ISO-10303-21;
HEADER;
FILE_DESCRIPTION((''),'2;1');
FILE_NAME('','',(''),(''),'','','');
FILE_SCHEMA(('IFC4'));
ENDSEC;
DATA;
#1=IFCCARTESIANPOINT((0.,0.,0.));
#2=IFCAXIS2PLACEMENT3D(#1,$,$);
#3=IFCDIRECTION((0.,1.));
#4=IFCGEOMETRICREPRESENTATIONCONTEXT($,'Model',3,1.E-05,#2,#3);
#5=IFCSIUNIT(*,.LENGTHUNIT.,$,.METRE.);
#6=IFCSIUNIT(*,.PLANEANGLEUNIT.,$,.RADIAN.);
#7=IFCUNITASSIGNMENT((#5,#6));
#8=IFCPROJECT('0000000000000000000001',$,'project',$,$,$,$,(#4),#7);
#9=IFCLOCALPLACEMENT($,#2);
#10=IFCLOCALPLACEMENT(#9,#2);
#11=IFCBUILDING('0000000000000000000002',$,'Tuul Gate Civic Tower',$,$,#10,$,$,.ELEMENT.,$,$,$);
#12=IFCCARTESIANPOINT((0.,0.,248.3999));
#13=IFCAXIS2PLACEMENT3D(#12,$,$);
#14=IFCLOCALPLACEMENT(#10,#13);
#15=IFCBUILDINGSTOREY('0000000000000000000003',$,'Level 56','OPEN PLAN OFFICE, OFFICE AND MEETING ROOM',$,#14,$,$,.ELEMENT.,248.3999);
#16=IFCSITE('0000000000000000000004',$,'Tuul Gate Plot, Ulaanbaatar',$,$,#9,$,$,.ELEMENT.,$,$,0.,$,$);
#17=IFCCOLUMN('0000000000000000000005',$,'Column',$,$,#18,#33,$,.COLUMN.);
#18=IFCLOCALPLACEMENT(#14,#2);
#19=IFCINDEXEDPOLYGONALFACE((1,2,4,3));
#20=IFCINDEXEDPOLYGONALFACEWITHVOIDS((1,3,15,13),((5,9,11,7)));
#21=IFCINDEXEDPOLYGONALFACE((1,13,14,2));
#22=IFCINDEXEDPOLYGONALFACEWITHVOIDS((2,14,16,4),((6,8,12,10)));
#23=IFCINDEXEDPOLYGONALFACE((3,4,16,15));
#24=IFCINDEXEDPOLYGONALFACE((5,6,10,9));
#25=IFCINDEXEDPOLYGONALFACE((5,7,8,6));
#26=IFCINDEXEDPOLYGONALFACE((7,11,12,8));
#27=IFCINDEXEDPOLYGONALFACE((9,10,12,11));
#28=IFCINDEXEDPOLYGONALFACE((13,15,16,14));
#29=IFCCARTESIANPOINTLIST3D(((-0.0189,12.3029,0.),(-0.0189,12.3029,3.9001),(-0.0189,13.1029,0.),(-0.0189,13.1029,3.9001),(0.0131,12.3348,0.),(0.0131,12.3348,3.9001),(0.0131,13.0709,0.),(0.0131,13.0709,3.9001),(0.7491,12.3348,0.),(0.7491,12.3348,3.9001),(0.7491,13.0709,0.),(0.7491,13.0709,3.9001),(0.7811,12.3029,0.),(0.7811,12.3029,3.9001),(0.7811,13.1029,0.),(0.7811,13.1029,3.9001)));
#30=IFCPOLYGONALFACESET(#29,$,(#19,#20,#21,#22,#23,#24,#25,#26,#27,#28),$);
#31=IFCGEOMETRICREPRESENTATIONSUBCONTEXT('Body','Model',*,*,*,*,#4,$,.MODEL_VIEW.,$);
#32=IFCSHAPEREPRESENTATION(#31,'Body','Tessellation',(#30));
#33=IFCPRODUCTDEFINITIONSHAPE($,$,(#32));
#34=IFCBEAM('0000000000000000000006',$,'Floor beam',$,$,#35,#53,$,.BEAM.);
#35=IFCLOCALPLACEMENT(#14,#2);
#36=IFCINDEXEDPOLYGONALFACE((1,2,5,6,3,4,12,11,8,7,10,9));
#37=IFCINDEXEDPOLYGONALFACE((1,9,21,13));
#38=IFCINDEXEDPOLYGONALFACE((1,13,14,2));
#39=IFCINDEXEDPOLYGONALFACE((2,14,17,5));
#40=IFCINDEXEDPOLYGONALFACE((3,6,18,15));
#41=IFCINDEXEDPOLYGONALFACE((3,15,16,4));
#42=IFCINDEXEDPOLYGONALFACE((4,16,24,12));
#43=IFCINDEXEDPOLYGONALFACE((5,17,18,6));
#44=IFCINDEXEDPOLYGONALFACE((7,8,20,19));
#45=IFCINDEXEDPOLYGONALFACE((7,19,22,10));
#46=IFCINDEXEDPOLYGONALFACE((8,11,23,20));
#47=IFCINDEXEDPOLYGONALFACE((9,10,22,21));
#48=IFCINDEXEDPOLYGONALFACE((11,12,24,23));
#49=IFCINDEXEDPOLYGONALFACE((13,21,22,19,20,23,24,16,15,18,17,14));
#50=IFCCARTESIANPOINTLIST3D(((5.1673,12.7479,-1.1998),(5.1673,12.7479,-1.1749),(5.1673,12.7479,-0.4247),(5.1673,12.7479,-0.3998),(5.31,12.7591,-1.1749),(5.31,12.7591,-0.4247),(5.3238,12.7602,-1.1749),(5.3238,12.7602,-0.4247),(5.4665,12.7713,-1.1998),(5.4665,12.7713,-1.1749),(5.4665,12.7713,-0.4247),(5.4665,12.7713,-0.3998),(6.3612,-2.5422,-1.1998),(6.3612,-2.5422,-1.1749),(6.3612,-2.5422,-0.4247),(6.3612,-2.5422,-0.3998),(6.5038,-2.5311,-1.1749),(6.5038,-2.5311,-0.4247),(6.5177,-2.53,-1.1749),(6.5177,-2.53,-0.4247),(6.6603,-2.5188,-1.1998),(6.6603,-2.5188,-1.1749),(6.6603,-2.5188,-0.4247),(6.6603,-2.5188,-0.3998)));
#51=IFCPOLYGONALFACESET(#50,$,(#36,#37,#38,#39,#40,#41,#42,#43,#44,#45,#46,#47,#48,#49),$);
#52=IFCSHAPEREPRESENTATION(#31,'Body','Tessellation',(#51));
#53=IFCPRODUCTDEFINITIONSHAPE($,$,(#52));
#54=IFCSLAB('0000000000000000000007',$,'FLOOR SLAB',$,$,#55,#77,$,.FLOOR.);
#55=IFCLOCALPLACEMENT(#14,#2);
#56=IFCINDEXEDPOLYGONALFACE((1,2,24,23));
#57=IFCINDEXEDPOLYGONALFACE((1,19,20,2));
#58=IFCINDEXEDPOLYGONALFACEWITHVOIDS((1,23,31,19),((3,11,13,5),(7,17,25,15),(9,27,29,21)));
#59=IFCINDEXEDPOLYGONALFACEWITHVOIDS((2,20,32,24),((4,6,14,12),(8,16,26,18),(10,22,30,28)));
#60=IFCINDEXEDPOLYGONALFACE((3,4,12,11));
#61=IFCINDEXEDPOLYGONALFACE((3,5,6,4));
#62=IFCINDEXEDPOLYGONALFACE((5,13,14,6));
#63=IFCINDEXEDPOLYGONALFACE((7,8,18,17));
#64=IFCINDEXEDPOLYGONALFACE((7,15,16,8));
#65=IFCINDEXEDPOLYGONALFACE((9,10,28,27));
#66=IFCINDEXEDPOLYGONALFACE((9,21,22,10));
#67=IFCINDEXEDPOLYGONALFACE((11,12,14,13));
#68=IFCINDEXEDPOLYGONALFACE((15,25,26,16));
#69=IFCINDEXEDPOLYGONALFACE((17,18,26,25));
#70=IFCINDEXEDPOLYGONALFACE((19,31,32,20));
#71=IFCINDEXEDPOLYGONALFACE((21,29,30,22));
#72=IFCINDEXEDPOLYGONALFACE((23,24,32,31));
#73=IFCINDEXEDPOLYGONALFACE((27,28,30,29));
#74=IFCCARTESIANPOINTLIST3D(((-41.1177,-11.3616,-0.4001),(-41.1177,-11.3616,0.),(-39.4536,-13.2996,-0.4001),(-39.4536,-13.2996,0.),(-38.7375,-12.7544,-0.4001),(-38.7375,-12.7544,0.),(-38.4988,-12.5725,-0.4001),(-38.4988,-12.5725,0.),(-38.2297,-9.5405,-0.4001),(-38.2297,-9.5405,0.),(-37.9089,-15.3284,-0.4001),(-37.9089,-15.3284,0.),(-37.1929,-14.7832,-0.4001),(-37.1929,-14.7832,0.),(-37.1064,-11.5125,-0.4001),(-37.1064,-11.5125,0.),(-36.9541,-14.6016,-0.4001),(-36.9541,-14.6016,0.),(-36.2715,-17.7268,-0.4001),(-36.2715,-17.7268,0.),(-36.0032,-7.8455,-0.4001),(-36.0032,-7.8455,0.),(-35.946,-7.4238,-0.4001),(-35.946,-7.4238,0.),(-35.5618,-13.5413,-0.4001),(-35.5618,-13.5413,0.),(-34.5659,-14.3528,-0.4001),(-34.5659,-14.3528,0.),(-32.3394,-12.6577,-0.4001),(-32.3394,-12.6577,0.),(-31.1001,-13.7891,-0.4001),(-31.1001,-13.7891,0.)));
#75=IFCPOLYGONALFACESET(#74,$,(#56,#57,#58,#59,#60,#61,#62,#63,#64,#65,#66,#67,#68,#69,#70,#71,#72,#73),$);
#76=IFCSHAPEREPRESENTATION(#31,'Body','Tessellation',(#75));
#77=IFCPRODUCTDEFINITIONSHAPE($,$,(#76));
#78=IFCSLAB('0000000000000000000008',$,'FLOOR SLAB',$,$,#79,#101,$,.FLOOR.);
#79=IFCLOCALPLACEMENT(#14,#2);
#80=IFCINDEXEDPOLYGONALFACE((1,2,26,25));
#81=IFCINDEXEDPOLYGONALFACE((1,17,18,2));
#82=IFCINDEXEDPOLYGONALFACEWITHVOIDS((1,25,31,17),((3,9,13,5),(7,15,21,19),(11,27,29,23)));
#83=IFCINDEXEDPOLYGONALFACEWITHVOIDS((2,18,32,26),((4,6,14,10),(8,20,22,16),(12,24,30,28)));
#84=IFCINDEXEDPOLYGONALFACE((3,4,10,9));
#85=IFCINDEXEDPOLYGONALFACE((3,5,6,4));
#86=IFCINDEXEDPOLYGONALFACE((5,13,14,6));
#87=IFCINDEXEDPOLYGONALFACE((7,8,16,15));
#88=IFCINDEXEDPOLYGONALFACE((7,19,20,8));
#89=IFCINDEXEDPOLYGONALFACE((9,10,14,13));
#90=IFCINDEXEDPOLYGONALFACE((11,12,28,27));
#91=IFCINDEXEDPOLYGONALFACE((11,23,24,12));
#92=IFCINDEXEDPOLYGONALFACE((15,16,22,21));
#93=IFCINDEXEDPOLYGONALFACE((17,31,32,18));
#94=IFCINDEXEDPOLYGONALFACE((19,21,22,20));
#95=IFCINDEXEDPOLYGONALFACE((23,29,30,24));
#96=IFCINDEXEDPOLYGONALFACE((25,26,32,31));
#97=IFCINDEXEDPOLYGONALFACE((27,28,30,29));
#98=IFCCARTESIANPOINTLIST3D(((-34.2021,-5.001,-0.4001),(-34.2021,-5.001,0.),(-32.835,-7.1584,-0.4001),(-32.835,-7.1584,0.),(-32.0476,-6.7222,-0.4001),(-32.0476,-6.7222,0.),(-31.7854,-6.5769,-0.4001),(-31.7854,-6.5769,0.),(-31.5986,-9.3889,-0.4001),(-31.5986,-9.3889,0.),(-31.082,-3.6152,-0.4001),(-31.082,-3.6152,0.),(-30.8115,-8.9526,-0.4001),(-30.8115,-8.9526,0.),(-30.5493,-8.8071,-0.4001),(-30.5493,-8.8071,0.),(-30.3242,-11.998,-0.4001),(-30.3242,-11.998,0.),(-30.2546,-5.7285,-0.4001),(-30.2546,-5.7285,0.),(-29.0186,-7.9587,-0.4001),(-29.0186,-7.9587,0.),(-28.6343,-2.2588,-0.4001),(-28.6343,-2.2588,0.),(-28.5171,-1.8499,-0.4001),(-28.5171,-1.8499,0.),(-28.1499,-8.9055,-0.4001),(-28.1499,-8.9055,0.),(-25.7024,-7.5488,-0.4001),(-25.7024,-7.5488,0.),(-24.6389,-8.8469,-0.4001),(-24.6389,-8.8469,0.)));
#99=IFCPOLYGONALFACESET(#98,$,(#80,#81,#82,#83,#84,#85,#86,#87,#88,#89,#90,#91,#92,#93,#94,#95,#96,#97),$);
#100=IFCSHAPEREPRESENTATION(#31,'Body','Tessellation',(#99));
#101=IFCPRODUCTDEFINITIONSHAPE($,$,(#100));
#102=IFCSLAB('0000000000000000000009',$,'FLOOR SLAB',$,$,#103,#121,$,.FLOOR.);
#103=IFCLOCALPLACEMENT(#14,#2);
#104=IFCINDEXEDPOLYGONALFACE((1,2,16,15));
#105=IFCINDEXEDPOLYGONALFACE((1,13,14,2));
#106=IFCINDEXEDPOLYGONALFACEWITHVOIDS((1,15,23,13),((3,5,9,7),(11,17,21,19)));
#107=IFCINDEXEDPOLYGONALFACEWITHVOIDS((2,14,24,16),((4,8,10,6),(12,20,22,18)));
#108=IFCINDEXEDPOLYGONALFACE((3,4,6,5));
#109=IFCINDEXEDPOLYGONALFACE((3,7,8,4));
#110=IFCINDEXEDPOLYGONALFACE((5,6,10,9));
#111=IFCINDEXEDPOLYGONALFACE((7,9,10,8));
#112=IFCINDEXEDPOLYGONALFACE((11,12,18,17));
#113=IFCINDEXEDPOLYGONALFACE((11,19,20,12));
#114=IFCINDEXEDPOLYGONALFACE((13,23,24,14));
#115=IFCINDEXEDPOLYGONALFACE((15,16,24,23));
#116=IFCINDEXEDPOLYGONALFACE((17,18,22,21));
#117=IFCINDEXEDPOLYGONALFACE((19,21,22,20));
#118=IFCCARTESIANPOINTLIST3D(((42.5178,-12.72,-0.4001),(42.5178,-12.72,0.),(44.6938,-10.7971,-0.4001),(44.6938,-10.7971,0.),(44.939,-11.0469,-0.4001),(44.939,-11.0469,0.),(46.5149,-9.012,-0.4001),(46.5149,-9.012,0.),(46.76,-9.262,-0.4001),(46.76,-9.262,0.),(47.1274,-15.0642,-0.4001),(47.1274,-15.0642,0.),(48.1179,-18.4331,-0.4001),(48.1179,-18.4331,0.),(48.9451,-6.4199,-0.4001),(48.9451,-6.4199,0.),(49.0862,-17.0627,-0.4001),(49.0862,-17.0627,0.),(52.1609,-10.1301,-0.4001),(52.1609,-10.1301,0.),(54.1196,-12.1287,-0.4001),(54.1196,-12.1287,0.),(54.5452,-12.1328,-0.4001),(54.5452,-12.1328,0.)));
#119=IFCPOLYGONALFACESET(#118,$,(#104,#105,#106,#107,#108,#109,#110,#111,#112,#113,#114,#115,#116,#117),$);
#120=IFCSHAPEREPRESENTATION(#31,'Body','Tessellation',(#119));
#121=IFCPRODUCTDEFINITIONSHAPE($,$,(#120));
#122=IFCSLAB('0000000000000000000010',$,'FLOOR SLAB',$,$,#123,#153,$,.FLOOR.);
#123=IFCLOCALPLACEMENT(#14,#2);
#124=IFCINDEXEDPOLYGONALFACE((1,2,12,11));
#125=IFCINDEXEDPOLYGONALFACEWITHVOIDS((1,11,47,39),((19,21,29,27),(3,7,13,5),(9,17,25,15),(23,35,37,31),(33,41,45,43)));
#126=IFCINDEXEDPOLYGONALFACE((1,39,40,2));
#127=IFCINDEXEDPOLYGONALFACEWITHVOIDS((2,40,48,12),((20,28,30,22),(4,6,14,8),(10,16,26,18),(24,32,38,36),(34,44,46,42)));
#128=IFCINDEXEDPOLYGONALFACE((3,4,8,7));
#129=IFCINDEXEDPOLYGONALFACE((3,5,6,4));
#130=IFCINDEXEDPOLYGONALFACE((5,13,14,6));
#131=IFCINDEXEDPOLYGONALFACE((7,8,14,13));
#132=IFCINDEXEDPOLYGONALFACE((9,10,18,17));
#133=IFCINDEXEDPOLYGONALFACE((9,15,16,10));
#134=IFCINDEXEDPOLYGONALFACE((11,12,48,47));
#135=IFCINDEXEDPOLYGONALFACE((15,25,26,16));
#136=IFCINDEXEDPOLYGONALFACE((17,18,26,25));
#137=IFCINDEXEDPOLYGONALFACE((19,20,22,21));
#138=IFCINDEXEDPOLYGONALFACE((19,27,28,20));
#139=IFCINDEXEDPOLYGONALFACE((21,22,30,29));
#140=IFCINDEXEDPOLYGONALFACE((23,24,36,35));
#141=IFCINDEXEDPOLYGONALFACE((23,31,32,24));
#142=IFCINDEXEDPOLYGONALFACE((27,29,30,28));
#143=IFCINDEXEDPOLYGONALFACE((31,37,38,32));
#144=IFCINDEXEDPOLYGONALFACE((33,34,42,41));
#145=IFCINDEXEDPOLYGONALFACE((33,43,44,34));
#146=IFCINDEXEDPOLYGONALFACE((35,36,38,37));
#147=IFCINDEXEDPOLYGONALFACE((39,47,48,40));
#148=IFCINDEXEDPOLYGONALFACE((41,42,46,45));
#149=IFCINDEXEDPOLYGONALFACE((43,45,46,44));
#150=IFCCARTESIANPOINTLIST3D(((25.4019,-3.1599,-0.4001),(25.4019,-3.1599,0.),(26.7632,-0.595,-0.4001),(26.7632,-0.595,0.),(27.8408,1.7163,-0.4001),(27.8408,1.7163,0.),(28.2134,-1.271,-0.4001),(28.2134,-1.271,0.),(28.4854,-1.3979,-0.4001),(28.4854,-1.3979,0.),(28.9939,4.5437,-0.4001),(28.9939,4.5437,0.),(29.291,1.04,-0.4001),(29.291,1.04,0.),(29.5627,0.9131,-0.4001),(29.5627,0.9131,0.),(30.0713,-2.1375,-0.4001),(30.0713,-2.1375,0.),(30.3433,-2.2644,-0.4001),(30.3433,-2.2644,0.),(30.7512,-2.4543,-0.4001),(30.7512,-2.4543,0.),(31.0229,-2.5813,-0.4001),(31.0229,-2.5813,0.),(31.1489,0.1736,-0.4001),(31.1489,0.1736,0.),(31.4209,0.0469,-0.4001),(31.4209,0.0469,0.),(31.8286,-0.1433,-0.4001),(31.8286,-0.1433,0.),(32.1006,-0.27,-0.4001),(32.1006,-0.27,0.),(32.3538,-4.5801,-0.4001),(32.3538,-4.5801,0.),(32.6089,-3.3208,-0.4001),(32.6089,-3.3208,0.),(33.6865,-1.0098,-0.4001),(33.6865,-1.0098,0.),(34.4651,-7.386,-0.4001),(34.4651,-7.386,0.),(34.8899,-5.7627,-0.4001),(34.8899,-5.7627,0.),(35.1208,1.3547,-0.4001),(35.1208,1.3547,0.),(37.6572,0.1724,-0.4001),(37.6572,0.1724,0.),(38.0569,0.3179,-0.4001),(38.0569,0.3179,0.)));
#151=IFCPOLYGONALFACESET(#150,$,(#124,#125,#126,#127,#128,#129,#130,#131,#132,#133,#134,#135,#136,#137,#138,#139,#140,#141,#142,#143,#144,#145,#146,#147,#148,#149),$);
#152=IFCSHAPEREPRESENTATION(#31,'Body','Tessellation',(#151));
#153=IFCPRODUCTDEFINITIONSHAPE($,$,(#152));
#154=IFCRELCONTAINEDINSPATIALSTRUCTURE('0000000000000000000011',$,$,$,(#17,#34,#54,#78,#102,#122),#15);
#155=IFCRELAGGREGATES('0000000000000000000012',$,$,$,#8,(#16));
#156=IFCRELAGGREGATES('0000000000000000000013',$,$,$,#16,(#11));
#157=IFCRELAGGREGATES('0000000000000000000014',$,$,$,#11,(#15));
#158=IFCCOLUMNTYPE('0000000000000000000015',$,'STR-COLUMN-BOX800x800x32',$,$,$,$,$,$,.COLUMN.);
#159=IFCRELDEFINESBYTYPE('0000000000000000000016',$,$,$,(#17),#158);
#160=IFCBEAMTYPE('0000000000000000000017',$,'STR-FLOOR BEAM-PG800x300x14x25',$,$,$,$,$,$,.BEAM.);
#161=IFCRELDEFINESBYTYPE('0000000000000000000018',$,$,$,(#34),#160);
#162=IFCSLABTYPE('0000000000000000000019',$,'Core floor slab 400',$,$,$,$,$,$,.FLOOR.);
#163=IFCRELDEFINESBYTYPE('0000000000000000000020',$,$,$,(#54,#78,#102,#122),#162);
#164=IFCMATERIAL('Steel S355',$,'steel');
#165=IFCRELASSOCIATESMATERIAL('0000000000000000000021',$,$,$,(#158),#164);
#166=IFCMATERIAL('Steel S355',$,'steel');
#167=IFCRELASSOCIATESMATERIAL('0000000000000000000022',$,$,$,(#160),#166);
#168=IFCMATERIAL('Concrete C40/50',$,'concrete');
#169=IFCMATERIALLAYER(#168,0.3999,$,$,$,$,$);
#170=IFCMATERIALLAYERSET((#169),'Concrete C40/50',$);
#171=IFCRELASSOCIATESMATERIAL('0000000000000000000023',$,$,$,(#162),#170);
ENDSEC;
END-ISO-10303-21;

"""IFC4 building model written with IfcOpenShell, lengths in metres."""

from ifc_helpers import new_model, si_unit, direction, frame, origin, origin_2d, place, context, subcontext, project, spatial, polyline, hollow_rectangle, i_section, outline, extrude, material, layer, layer_set, material_profile, profile_set, type_object, element, save


model = new_model("IFC4")

# Units and contexts
model_context = context("Model", 3, precision=1e-05, world=origin(), true_north=direction((0.0, 1.0)))
body_context = subcontext(model_context, "Body", "Model", "MODEL_VIEW")
ifc_project = project(units=[si_unit("LENGTHUNIT", "METRE"), si_unit("PLANEANGLEUNIT", "RADIAN")], contexts=[model_context])

# Site, building, storey
site_placement = place(None, origin())
site = spatial("IfcSite", under=ifc_project, at=site_placement, Name="Tuul Gate Plot, Ulaanbaatar", CompositionType="ELEMENT", RefElevation=0.0)
building_placement = place(site_placement, origin())
building = spatial("IfcBuilding", under=site, at=building_placement, Name="Tuul Gate Civic Tower", CompositionType="ELEMENT")
storey_placement = place(building_placement, frame((0.0, 0.0, 248.3999)))
storey = spatial("IfcBuildingStorey", under=building, at=storey_placement, Name="Level 56", Description="OPEN PLAN OFFICE, OFFICE AND MEETING ROOM", CompositionType="ELEMENT", Elevation=248.3999)

# Column
ifc_material_1 = material(Name="Steel S355", Category="steel")
ifc_material_profile_1 = material_profile(ifc_material_1, hollow_rectangle(XDim=0.8, YDim=0.8, WallThickness=0.032, at=origin_2d()), Name="BOX800x800x32")
ifc_profile_set_1 = profile_set([ifc_material_profile_1], Name="Steel S355")
column_type = type_object("IfcColumnType", Name="STR-COLUMN-BOX800x800x32", PredefinedType="COLUMN", material=ifc_profile_set_1)
column_placement = place(storey_placement, frame((0.3811, 12.7029, 0.0), z_axis=(0.0, 0.0, 1.0), x_axis=(1.0, 0.0, 0.0)))
element("IfcColumn", 1, at=column_placement, inside=storey, type_object=column_type, Name="Column", PredefinedType="COLUMN", context=body_context, shape_type="SweptSolid", body=[
    extrude(hollow_rectangle(XDim=0.8, YDim=0.8, WallThickness=0.032, at=origin_2d()), origin(), (0.0, 0.0, 1.0), 3.9001),
])

# Beam
ifc_material_2 = material(Name="Steel S355", Category="steel")
ifc_material_profile_2 = material_profile(ifc_material_2, i_section(OverallWidth=0.3, OverallDepth=0.8, WebThickness=0.0139, FlangeThickness=0.0249, at=origin_2d()), Name="PG800x300x14x25")
ifc_profile_set_2 = profile_set([ifc_material_profile_2], Name="Steel S355")
beam_type = type_object("IfcBeamType", Name="STR-FLOOR BEAM-PG800x300x14x25", PredefinedType="BEAM", material=ifc_profile_set_2)
beam_placement = place(storey_placement, frame((6.5107, -2.5305, -0.7998), z_axis=(-0.077843, 0.996966, 0.0), x_axis=(-0.996966, -0.077843, 0.0)))
element("IfcBeam", 2, at=beam_placement, inside=storey, type_object=beam_type, Name="Floor beam", PredefinedType="BEAM", context=body_context, shape_type="SweptSolid", body=[
    extrude(i_section(OverallWidth=0.3, OverallDepth=0.8, WebThickness=0.0139, FlangeThickness=0.0249, at=origin_2d()), origin(), (0.0, 0.0, 1.0), 15.3367),
])

# Slabs
ifc_material_3 = material(Name="Concrete C40/50", Category="concrete")
ifc_layer_1 = layer(ifc_material_3, 0.3999)
ifc_layer_set_1 = layer_set([ifc_layer_1], Name="Concrete C40/50")
slab_type_1 = type_object("IfcSlabType", Name="Core floor slab 400", PredefinedType="FLOOR", material=ifc_layer_set_1)
slab_1_placement = place(storey_placement, frame((0.0, 0.0, -0.4001)))
element("IfcSlab", 3, at=slab_1_placement, inside=storey, type_object=slab_type_1, Name="FLOOR SLAB", PredefinedType="FLOOR", context=body_context, shape_type="SweptSolid", body=[
    extrude(outline(polyline([(-31.1001, -13.7891), (-35.946, -7.4238), (-41.1177, -11.3616), (-36.2715, -17.7268), (-31.1001, -13.7891)]), holes=[polyline([(-35.5618, -13.5413), (-37.1064, -11.5125), (-38.4988, -12.5725), (-36.9541, -14.6016), (-35.5618, -13.5413)]), polyline([(-37.1929, -14.7832), (-38.7375, -12.7544), (-39.4536, -13.2996), (-37.9089, -15.3284), (-37.1929, -14.7832)]), polyline([(-32.3394, -12.6577), (-34.5659, -14.3528), (-38.2297, -9.5405), (-36.0032, -7.8455), (-32.3394, -12.6577)])]), origin(), (0.0, 0.0, 1.0), 0.4001),
])
slab_2_placement = place(storey_placement, frame((0.0, 0.0, -0.4001)))
element("IfcSlab", 4, at=slab_2_placement, inside=storey, type_object=slab_type_1, Name="FLOOR SLAB", PredefinedType="FLOOR", context=body_context, shape_type="SweptSolid", body=[
    extrude(outline(polyline([(-24.6389, -8.8469), (-28.5171, -1.8499), (-34.2021, -5.001), (-30.3242, -11.998), (-24.6389, -8.8469)]), holes=[polyline([(-29.0186, -7.9587), (-30.2546, -5.7285), (-31.7854, -6.5769), (-30.5493, -8.8071), (-29.0186, -7.9587)]), polyline([(-30.8115, -8.9526), (-32.0476, -6.7222), (-32.835, -7.1584), (-31.5986, -9.3889), (-30.8115, -8.9526)]), polyline([(-25.7024, -7.5488), (-28.1499, -8.9055), (-31.082, -3.6152), (-28.6343, -2.2588), (-25.7024, -7.5488)])]), origin(), (0.0, 0.0, 1.0), 0.4001),
])
slab_3_placement = place(storey_placement, frame((0.0, 0.0, -0.4001)))
element("IfcSlab", 5, at=slab_3_placement, inside=storey, type_object=slab_type_1, Name="FLOOR SLAB", PredefinedType="FLOOR", context=body_context, shape_type="SweptSolid", body=[
    extrude(outline(polyline([(48.1179, -18.4331), (54.5452, -12.1328), (48.9451, -6.4199), (42.5178, -12.72), (48.1179, -18.4331)]), holes=[polyline([(44.939, -11.0469), (46.76, -9.262), (46.5149, -9.012), (44.6938, -10.7971), (44.939, -11.0469)]), polyline([(49.0862, -17.0627), (47.1274, -15.0642), (52.1609, -10.1301), (54.1196, -12.1287), (49.0862, -17.0627)])]), origin(), (0.0, 0.0, 1.0), 0.4001),
])
slab_4_placement = place(storey_placement, frame((0.0, 0.0, -0.4001)))
element("IfcSlab", 6, at=slab_4_placement, inside=storey, type_object=slab_type_1, Name="FLOOR SLAB", PredefinedType="FLOOR", context=body_context, shape_type="SweptSolid", body=[
    extrude(outline(polyline([(34.4651, -7.386), (38.0569, 0.3179), (28.9939, 4.5437), (25.4019, -3.1599), (34.4651, -7.386)]), holes=[polyline([(32.6089, -3.3208), (33.6865, -1.0098), (32.1006, -0.27), (31.0229, -2.5813), (32.6089, -3.3208)]), polyline([(30.0713, -2.1375), (31.1489, 0.1736), (29.5627, 0.9131), (28.4854, -1.3979), (30.0713, -2.1375)]), polyline([(30.7512, -2.4543), (31.8286, -0.1433), (31.4209, 0.0469), (30.3433, -2.2644), (30.7512, -2.4543)]), polyline([(28.2134, -1.271), (29.291, 1.04), (27.8408, 1.7163), (26.7632, -0.595), (28.2134, -1.271)]), polyline([(34.8899, -5.7627), (32.3538, -4.5801), (35.1208, 1.3547), (37.6572, 0.1724), (34.8899, -5.7627)])]), origin(), (0.0, 0.0, 1.0), 0.4001),
])

save(model, "model.ifc")
